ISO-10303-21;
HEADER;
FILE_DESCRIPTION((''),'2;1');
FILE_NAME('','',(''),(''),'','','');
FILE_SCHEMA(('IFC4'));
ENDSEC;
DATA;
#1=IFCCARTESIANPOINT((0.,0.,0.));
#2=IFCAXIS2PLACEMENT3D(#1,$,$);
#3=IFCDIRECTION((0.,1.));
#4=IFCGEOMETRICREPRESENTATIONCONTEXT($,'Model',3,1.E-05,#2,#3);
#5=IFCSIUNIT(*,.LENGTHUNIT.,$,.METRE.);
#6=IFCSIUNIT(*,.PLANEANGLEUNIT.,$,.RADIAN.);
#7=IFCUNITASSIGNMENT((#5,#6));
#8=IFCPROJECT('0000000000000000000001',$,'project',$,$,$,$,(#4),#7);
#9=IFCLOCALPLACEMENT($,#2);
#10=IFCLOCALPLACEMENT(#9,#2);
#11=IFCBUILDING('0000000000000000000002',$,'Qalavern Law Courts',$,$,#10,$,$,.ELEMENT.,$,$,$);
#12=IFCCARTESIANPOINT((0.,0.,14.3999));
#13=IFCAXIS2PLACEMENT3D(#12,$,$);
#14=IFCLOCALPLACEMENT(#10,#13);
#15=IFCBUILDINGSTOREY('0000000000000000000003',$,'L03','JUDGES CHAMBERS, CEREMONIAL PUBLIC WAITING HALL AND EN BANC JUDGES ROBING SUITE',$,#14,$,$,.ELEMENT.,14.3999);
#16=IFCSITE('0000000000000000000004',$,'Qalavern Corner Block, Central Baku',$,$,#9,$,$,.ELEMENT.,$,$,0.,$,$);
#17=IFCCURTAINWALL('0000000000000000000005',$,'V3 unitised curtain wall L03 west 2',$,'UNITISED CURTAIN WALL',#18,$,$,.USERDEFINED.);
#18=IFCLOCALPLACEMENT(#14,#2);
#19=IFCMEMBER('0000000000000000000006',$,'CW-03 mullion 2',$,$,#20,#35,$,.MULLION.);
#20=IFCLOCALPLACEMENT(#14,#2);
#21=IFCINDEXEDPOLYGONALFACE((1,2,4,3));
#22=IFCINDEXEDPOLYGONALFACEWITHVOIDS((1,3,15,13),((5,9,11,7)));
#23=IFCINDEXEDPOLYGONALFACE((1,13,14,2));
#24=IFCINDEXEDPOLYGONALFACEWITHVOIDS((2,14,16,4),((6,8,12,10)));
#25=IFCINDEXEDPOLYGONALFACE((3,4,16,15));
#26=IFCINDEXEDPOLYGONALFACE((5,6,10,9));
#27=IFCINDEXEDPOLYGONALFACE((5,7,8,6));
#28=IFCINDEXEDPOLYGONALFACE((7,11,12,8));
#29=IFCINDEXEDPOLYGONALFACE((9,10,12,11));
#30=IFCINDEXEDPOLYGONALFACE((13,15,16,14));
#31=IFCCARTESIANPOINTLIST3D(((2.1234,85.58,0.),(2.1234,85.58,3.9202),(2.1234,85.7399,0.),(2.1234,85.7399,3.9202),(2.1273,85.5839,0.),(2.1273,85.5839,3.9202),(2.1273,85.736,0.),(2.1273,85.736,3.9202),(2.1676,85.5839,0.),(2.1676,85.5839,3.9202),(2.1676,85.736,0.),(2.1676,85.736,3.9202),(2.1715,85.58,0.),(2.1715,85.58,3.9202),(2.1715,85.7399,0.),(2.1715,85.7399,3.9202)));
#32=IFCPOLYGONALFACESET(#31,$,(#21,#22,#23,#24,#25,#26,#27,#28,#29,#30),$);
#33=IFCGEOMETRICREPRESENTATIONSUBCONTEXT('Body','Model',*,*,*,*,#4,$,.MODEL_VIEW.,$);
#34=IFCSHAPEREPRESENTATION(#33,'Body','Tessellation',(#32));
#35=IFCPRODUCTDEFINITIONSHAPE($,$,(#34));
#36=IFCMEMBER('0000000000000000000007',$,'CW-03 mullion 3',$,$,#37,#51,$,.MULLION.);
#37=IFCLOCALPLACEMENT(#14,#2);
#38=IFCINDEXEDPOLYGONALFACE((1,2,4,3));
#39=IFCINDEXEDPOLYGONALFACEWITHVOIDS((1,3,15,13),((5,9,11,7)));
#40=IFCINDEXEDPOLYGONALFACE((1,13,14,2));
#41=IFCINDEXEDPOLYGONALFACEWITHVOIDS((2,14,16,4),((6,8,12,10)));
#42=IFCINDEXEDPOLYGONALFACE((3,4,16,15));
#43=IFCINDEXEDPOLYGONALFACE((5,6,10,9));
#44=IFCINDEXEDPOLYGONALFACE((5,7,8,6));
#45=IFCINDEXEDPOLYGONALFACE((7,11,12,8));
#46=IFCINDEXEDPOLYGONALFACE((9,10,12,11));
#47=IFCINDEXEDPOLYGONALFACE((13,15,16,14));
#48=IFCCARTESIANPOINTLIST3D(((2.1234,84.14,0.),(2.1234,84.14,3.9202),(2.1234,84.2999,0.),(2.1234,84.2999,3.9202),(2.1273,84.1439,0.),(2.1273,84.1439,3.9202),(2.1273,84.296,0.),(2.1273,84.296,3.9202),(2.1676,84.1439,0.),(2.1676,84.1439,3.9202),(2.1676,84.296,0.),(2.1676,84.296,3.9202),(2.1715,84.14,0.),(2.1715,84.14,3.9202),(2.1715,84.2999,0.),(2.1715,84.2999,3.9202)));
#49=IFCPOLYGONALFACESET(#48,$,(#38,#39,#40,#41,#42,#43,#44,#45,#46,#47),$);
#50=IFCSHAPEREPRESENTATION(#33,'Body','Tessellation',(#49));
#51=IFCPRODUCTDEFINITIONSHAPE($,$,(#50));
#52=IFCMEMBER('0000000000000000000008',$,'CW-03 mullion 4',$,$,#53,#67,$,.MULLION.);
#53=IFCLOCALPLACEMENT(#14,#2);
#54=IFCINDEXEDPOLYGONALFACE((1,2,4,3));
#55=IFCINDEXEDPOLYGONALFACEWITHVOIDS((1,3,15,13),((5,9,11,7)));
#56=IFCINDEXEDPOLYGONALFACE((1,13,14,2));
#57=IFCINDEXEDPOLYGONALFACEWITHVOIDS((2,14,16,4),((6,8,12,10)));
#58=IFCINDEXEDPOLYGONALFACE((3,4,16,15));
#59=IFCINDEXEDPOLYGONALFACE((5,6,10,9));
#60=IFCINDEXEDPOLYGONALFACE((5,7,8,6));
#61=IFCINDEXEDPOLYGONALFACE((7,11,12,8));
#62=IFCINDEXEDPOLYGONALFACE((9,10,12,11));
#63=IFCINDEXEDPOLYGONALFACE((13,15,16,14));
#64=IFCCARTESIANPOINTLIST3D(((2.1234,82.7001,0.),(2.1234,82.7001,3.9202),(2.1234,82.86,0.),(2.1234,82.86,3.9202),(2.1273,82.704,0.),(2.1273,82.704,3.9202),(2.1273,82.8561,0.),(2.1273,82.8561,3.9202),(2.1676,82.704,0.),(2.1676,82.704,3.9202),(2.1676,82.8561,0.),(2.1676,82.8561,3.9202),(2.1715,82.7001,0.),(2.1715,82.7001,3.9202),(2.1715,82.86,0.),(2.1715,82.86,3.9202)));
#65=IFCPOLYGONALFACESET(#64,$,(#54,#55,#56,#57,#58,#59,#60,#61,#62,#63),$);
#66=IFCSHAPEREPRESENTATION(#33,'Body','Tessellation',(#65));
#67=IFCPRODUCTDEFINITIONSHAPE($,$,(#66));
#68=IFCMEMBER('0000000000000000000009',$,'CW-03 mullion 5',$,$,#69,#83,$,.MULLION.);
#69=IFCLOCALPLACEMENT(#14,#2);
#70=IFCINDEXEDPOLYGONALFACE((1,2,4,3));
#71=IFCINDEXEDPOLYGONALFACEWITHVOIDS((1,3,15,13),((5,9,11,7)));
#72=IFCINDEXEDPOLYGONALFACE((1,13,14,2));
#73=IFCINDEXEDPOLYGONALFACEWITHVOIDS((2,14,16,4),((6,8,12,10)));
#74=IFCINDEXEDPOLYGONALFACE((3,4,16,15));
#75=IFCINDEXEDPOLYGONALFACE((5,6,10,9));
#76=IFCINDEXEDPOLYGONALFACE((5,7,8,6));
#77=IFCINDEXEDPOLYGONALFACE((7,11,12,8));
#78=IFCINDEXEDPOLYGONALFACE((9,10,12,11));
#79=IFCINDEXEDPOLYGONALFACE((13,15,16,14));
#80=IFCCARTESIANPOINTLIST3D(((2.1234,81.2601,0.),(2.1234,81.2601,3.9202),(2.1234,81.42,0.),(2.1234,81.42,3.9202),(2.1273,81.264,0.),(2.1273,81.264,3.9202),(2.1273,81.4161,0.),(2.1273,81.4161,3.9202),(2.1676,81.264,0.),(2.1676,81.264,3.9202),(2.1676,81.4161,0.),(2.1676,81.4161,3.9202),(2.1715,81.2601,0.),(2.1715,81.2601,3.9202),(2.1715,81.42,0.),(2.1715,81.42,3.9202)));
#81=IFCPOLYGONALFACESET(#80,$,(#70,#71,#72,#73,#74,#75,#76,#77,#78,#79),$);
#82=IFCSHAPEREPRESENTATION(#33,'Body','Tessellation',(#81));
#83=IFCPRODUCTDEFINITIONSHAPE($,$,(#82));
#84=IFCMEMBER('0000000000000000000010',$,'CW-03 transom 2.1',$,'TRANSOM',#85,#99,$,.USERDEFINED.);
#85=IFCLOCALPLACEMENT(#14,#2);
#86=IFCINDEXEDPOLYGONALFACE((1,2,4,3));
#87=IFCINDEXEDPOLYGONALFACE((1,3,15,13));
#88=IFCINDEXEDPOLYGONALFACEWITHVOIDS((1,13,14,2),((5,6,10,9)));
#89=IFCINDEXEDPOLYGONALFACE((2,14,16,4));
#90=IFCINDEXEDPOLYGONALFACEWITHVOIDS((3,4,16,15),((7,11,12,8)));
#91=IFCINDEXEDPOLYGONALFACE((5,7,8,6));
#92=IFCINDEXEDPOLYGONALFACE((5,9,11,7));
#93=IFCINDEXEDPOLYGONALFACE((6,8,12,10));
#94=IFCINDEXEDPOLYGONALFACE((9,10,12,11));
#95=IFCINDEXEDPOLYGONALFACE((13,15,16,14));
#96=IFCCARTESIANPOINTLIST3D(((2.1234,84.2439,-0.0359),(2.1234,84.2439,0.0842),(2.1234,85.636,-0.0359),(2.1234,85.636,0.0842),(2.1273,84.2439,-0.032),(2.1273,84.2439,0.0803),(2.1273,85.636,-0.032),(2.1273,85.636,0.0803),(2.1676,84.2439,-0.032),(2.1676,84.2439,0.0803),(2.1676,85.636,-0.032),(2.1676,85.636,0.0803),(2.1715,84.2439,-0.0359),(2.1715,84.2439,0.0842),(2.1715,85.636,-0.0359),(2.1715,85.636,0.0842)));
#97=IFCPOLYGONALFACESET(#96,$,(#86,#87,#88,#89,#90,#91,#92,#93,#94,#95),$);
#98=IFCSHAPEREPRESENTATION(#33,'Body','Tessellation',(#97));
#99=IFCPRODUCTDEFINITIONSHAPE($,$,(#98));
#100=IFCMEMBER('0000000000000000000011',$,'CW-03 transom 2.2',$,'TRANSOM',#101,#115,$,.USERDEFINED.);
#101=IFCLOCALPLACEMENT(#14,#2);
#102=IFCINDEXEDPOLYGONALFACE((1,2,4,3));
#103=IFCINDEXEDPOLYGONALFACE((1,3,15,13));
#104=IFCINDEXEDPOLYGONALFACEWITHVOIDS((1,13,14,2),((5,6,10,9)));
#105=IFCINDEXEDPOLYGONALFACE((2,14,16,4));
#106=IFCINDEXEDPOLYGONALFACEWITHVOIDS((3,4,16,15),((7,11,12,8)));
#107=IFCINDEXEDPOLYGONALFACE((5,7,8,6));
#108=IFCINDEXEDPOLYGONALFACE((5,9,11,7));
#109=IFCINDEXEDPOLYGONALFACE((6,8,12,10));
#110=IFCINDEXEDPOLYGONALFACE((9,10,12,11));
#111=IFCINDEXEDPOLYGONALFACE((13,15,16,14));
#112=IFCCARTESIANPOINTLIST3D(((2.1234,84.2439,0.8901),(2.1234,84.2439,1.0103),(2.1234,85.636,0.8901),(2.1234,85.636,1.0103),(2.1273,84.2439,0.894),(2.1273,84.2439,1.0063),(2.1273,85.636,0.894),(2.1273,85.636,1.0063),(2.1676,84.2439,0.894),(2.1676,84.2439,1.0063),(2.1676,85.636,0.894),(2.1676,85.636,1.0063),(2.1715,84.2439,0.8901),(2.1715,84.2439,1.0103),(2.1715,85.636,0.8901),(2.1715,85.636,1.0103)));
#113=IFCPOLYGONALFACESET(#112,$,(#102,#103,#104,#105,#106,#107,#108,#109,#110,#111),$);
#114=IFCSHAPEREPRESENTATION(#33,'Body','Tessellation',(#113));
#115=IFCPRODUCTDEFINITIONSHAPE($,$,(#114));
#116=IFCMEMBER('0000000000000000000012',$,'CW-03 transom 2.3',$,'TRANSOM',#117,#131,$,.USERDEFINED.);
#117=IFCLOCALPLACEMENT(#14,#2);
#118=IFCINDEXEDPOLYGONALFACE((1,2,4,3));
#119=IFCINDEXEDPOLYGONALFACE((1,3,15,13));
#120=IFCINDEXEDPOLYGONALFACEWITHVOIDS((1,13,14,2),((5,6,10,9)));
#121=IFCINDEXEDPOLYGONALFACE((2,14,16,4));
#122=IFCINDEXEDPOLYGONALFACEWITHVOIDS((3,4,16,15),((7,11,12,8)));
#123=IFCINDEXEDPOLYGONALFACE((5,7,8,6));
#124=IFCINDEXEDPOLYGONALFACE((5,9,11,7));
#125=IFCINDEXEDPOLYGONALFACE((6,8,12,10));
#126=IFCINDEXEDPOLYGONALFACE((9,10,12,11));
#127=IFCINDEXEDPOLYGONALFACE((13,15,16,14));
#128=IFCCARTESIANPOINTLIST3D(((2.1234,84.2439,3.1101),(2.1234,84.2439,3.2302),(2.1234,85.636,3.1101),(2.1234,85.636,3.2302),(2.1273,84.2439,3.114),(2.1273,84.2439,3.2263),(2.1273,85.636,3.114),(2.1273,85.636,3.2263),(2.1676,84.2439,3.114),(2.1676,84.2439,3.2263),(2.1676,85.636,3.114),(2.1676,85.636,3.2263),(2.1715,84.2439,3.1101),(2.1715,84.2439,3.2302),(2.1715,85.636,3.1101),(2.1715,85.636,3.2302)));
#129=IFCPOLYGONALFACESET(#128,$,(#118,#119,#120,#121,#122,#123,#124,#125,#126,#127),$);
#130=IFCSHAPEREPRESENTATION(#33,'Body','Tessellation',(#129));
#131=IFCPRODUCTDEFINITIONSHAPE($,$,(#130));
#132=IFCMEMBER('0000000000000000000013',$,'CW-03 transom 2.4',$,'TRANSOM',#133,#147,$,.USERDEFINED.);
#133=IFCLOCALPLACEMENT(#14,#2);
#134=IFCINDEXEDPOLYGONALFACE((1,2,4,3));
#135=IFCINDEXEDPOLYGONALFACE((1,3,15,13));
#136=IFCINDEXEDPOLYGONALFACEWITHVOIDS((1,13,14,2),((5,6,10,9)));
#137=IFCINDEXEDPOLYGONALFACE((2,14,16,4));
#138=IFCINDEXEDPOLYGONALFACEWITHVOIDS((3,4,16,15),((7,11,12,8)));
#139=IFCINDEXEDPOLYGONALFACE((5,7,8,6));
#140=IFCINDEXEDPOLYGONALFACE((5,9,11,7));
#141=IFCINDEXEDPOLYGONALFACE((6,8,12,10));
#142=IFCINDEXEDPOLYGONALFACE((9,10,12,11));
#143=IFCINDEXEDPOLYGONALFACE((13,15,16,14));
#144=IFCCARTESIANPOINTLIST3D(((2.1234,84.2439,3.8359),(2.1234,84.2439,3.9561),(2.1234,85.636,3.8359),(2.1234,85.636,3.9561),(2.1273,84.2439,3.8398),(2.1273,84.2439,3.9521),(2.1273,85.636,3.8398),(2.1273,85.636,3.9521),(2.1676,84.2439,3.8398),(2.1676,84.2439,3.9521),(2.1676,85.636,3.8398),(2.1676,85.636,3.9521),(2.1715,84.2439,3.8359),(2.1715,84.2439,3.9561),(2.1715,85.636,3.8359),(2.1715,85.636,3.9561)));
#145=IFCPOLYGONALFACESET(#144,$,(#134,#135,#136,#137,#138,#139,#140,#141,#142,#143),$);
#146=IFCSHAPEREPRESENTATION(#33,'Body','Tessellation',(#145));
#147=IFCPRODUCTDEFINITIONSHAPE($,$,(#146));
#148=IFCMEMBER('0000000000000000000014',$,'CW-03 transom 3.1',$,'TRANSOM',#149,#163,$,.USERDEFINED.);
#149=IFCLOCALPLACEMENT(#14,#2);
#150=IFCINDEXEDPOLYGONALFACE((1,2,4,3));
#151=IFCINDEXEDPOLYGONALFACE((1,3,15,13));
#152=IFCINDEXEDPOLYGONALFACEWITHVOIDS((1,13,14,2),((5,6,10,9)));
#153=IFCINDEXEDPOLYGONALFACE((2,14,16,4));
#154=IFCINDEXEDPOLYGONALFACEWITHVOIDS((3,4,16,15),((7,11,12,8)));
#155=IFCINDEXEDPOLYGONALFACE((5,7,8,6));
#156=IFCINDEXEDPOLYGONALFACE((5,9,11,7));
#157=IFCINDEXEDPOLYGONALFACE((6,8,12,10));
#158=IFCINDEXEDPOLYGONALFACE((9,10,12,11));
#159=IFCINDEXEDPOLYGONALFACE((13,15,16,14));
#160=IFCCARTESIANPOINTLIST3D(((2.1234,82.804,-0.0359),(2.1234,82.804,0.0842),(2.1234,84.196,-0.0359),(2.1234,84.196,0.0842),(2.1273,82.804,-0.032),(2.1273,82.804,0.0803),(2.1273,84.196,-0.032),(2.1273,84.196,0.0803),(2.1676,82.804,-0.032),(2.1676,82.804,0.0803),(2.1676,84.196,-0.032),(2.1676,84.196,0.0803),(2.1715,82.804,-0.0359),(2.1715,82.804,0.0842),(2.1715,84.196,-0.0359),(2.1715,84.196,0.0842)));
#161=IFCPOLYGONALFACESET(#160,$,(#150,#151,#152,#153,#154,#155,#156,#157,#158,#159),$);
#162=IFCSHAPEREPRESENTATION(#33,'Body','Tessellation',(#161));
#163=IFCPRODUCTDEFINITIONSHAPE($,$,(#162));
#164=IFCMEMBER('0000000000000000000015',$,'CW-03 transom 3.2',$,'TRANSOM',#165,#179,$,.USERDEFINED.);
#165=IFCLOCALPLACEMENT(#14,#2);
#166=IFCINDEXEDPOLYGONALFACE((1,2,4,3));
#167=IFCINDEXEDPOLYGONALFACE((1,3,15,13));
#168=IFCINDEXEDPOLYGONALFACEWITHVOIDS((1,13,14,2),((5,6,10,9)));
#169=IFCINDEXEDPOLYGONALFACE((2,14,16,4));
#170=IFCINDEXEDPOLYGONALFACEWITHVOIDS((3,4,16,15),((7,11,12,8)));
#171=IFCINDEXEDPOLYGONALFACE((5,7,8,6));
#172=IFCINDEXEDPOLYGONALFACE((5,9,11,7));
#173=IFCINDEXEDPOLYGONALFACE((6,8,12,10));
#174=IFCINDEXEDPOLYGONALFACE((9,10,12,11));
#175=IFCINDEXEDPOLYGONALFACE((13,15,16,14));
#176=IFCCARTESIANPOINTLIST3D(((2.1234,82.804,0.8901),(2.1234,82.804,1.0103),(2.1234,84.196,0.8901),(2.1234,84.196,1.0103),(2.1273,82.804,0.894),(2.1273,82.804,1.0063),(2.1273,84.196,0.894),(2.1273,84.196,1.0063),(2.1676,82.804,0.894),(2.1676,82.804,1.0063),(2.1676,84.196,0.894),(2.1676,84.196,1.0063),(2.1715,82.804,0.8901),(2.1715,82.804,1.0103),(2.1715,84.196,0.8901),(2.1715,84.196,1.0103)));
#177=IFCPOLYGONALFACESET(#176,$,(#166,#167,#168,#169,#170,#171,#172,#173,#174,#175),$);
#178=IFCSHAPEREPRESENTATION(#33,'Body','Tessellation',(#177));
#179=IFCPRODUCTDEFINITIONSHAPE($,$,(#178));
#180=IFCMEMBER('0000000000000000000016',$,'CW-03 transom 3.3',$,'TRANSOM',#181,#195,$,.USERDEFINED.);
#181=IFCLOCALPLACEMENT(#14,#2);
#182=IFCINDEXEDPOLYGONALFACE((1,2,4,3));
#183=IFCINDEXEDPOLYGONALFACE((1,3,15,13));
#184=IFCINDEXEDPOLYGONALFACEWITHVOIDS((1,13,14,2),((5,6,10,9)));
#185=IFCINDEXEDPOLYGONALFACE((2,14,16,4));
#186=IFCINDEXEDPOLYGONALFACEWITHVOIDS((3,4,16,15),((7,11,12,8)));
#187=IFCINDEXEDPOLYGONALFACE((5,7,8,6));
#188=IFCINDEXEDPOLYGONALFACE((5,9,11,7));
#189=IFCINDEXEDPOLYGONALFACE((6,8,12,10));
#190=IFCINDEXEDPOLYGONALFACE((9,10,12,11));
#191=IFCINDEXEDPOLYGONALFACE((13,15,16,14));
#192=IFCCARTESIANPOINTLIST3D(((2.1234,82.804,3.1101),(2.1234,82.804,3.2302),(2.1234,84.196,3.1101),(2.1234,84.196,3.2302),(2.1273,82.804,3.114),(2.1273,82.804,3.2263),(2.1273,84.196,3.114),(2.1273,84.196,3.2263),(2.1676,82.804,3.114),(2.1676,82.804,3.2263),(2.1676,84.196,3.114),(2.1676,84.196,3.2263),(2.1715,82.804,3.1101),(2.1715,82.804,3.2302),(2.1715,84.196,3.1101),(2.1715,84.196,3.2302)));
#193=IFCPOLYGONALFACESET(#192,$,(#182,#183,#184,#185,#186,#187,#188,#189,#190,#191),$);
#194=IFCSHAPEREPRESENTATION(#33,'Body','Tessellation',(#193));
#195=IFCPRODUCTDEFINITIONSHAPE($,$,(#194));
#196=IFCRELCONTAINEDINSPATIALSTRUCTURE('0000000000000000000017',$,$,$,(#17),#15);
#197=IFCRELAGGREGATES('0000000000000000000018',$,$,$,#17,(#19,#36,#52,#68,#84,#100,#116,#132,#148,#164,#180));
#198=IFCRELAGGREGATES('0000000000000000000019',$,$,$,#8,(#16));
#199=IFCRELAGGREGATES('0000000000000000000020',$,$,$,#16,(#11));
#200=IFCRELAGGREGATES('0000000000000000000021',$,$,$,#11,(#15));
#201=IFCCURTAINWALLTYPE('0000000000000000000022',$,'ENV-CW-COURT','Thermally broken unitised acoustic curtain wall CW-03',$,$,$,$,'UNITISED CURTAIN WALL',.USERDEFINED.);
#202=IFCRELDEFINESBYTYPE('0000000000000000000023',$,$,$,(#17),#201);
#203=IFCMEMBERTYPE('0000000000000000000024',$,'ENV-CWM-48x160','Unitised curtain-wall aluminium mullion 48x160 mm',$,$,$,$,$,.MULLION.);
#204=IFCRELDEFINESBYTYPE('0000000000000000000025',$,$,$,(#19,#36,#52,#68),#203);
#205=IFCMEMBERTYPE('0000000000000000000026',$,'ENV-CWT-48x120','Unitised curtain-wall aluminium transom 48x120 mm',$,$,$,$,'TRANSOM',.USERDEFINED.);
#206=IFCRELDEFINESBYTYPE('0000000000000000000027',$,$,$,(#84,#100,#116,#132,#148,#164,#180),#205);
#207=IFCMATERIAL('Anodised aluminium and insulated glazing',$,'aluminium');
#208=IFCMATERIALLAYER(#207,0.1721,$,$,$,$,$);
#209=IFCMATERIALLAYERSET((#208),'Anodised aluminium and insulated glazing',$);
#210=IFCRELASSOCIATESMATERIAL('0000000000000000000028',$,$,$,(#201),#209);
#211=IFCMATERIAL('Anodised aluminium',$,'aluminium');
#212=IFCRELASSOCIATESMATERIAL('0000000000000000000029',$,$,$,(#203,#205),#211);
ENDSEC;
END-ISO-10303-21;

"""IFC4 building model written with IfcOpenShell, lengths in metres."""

from ifc_helpers import new_model, si_unit, direction, frame, origin, origin_2d, place, context, subcontext, project, spatial, hollow_rectangle, extrude, material, layer, layer_set, material_profile, profile_set, type_object, element, aggregate, save


model = new_model("IFC4")

# Units and contexts
model_context = context("Model", 3, precision=1e-05, world=origin(), true_north=direction((0.0, 1.0)))
body_context = subcontext(model_context, "Body", "Model", "MODEL_VIEW")
ifc_project = project(units=[si_unit("LENGTHUNIT", "METRE"), si_unit("PLANEANGLEUNIT", "RADIAN")], contexts=[model_context])

# Site, building, storey
site_placement = place(None, origin())
site = spatial("IfcSite", under=ifc_project, at=site_placement, Name="Qalavern Corner Block, Central Baku", CompositionType="ELEMENT", RefElevation=0.0)
building_placement = place(site_placement, origin())
building = spatial("IfcBuilding", under=site, at=building_placement, Name="Qalavern Law Courts", CompositionType="ELEMENT")
storey_placement = place(building_placement, frame((0.0, 0.0, 14.3999)))
storey = spatial("IfcBuildingStorey", under=building, at=storey_placement, Name="L03", Description="JUDGES CHAMBERS, CEREMONIAL PUBLIC WAITING HALL AND EN BANC JUDGES ROBING SUITE", CompositionType="ELEMENT", Elevation=14.3999)

# Curtain wall, members
ifc_material_1 = material(Name="Anodised aluminium and insulated glazing", Category="aluminium")
ifc_layer_1 = layer(ifc_material_1, 0.1721)
ifc_layer_set_1 = layer_set([ifc_layer_1], Name="Anodised aluminium and insulated glazing")
curtain_wall_type = type_object("IfcCurtainWallType", Name="ENV-CW-COURT", Description="Thermally broken unitised acoustic curtain wall CW-03", ElementType="UNITISED CURTAIN WALL", PredefinedType="USERDEFINED", material=ifc_layer_set_1)
curtain_wall_placement = place(storey_placement, origin())
curtain_wall = element("IfcCurtainWall", 1, at=curtain_wall_placement, inside=storey, type_object=curtain_wall_type, Name="V3 unitised curtain wall L03 west 2", ObjectType="UNITISED CURTAIN WALL", PredefinedType="USERDEFINED")
ifc_material_2 = material(Name="Anodised aluminium", Category="aluminium")
ifc_material_profile_1 = material_profile(ifc_material_2, hollow_rectangle(XDim=0.0481, YDim=0.1599, WallThickness=0.0039, at=origin_2d()), Name="ALU MULLION 48x160")
ifc_profile_set_1 = profile_set([ifc_material_profile_1], Name="Anodised aluminium")
member_type_1 = type_object("IfcMemberType", Name="ENV-CWM-48x160", Description="Unitised curtain-wall aluminium mullion 48x160 mm", PredefinedType="MULLION", material=ifc_profile_set_1)
member_1_placement = place(storey_placement, frame((2.1475, 85.6599, 0.0), z_axis=(0.0, 0.0, 1.0), x_axis=(1.0, 0.0, 0.0)))
member_1 = element("IfcMember", 2, at=member_1_placement, type_object=member_type_1, Name="CW-03 mullion 2", PredefinedType="MULLION", context=body_context, shape_type="SweptSolid", body=[
    extrude(hollow_rectangle(XDim=0.0481, YDim=0.1599, WallThickness=0.0039, at=origin_2d()), origin(), (0.0, 0.0, 1.0), 3.9202),
])
member_2_placement = place(storey_placement, frame((2.1475, 84.22, 0.0), z_axis=(0.0, 0.0, 1.0), x_axis=(1.0, 0.0, 0.0)))
member_2 = element("IfcMember", 3, at=member_2_placement, type_object=member_type_1, Name="CW-03 mullion 3", PredefinedType="MULLION", context=body_context, shape_type="SweptSolid", body=[
    extrude(hollow_rectangle(XDim=0.0481, YDim=0.1599, WallThickness=0.0039, at=origin_2d()), origin(), (0.0, 0.0, 1.0), 3.9202),
])
member_3_placement = place(storey_placement, frame((2.1475, 82.78, 0.0), z_axis=(0.0, 0.0, 1.0), x_axis=(1.0, 0.0, 0.0)))
member_3 = element("IfcMember", 4, at=member_3_placement, type_object=member_type_1, Name="CW-03 mullion 4", PredefinedType="MULLION", context=body_context, shape_type="SweptSolid", body=[
    extrude(hollow_rectangle(XDim=0.0481, YDim=0.1599, WallThickness=0.0039, at=origin_2d()), origin(), (0.0, 0.0, 1.0), 3.9202),
])
member_4_placement = place(storey_placement, frame((2.1475, 81.3401, 0.0), z_axis=(0.0, 0.0, 1.0), x_axis=(1.0, 0.0, 0.0)))
member_4 = element("IfcMember", 5, at=member_4_placement, type_object=member_type_1, Name="CW-03 mullion 5", PredefinedType="MULLION", context=body_context, shape_type="SweptSolid", body=[
    extrude(hollow_rectangle(XDim=0.0481, YDim=0.1599, WallThickness=0.0039, at=origin_2d()), origin(), (0.0, 0.0, 1.0), 3.9202),
])
ifc_material_profile_2 = material_profile(ifc_material_2, hollow_rectangle(XDim=0.0481, YDim=0.1201, WallThickness=0.0039, at=origin_2d()), Name="ALU TRANSOM 48x120")
ifc_profile_set_2 = profile_set([ifc_material_profile_2], Name="Anodised aluminium")
member_type_2 = type_object("IfcMemberType", Name="ENV-CWT-48x120", Description="Unitised curtain-wall aluminium transom 48x120 mm", ElementType="TRANSOM", PredefinedType="USERDEFINED", material=ifc_profile_set_2)
member_5_placement = place(storey_placement, frame((2.1475, 85.636, 0.0242), z_axis=(0.0, -1.0, 0.0), x_axis=(1.0, 0.0, 0.0)))
member_5 = element("IfcMember", 6, at=member_5_placement, type_object=member_type_2, Name="CW-03 transom 2.1", ObjectType="TRANSOM", PredefinedType="USERDEFINED", context=body_context, shape_type="SweptSolid", body=[
    extrude(hollow_rectangle(XDim=0.0481, YDim=0.1201, WallThickness=0.0039, at=origin_2d()), origin(), (0.0, 0.0, 1.0), 1.3921),
])
member_6_placement = place(storey_placement, frame((2.1475, 85.636, 0.9502), z_axis=(0.0, -1.0, 0.0), x_axis=(1.0, 0.0, 0.0)))
member_6 = element("IfcMember", 7, at=member_6_placement, type_object=member_type_2, Name="CW-03 transom 2.2", ObjectType="TRANSOM", PredefinedType="USERDEFINED", context=body_context, shape_type="SweptSolid", body=[
    extrude(hollow_rectangle(XDim=0.0481, YDim=0.1201, WallThickness=0.0039, at=origin_2d()), origin(), (0.0, 0.0, 1.0), 1.3921),
])
member_7_placement = place(storey_placement, frame((2.1475, 85.636, 3.1702), z_axis=(0.0, -1.0, 0.0), x_axis=(1.0, 0.0, 0.0)))
member_7 = element("IfcMember", 8, at=member_7_placement, type_object=member_type_2, Name="CW-03 transom 2.3", ObjectType="TRANSOM", PredefinedType="USERDEFINED", context=body_context, shape_type="SweptSolid", body=[
    extrude(hollow_rectangle(XDim=0.0481, YDim=0.1201, WallThickness=0.0039, at=origin_2d()), origin(), (0.0, 0.0, 1.0), 1.3921),
])
member_8_placement = place(storey_placement, frame((2.1475, 85.636, 3.896), z_axis=(0.0, -1.0, 0.0), x_axis=(1.0, 0.0, 0.0)))
member_8 = element("IfcMember", 9, at=member_8_placement, type_object=member_type_2, Name="CW-03 transom 2.4", ObjectType="TRANSOM", PredefinedType="USERDEFINED", context=body_context, shape_type="SweptSolid", body=[
    extrude(hollow_rectangle(XDim=0.0481, YDim=0.1201, WallThickness=0.0039, at=origin_2d()), origin(), (0.0, 0.0, 1.0), 1.3921),
])
member_9_placement = place(storey_placement, frame((2.1475, 84.196, 0.0242), z_axis=(0.0, -1.0, 0.0), x_axis=(1.0, 0.0, 0.0)))
member_9 = element("IfcMember", 10, at=member_9_placement, type_object=member_type_2, Name="CW-03 transom 3.1", ObjectType="TRANSOM", PredefinedType="USERDEFINED", context=body_context, shape_type="SweptSolid", body=[
    extrude(hollow_rectangle(XDim=0.0481, YDim=0.1201, WallThickness=0.0039, at=origin_2d()), origin(), (0.0, 0.0, 1.0), 1.3921),
])
member_10_placement = place(storey_placement, frame((2.1475, 84.196, 0.9502), z_axis=(0.0, -1.0, 0.0), x_axis=(1.0, 0.0, 0.0)))
member_10 = element("IfcMember", 11, at=member_10_placement, type_object=member_type_2, Name="CW-03 transom 3.2", ObjectType="TRANSOM", PredefinedType="USERDEFINED", context=body_context, shape_type="SweptSolid", body=[
    extrude(hollow_rectangle(XDim=0.0481, YDim=0.1201, WallThickness=0.0039, at=origin_2d()), origin(), (0.0, 0.0, 1.0), 1.3921),
])
member_11_placement = place(storey_placement, frame((2.1475, 84.196, 3.1702), z_axis=(0.0, -1.0, 0.0), x_axis=(1.0, 0.0, 0.0)))
member_11 = element("IfcMember", 12, at=member_11_placement, type_object=member_type_2, Name="CW-03 transom 3.3", ObjectType="TRANSOM", PredefinedType="USERDEFINED", context=body_context, shape_type="SweptSolid", body=[
    extrude(hollow_rectangle(XDim=0.0481, YDim=0.1201, WallThickness=0.0039, at=origin_2d()), origin(), (0.0, 0.0, 1.0), 1.3921),
])

aggregate(curtain_wall, [member_1, member_2, member_3, member_4, member_5, member_6, member_7, member_8, member_9, member_10, member_11])

save(model, "model.ifc")
